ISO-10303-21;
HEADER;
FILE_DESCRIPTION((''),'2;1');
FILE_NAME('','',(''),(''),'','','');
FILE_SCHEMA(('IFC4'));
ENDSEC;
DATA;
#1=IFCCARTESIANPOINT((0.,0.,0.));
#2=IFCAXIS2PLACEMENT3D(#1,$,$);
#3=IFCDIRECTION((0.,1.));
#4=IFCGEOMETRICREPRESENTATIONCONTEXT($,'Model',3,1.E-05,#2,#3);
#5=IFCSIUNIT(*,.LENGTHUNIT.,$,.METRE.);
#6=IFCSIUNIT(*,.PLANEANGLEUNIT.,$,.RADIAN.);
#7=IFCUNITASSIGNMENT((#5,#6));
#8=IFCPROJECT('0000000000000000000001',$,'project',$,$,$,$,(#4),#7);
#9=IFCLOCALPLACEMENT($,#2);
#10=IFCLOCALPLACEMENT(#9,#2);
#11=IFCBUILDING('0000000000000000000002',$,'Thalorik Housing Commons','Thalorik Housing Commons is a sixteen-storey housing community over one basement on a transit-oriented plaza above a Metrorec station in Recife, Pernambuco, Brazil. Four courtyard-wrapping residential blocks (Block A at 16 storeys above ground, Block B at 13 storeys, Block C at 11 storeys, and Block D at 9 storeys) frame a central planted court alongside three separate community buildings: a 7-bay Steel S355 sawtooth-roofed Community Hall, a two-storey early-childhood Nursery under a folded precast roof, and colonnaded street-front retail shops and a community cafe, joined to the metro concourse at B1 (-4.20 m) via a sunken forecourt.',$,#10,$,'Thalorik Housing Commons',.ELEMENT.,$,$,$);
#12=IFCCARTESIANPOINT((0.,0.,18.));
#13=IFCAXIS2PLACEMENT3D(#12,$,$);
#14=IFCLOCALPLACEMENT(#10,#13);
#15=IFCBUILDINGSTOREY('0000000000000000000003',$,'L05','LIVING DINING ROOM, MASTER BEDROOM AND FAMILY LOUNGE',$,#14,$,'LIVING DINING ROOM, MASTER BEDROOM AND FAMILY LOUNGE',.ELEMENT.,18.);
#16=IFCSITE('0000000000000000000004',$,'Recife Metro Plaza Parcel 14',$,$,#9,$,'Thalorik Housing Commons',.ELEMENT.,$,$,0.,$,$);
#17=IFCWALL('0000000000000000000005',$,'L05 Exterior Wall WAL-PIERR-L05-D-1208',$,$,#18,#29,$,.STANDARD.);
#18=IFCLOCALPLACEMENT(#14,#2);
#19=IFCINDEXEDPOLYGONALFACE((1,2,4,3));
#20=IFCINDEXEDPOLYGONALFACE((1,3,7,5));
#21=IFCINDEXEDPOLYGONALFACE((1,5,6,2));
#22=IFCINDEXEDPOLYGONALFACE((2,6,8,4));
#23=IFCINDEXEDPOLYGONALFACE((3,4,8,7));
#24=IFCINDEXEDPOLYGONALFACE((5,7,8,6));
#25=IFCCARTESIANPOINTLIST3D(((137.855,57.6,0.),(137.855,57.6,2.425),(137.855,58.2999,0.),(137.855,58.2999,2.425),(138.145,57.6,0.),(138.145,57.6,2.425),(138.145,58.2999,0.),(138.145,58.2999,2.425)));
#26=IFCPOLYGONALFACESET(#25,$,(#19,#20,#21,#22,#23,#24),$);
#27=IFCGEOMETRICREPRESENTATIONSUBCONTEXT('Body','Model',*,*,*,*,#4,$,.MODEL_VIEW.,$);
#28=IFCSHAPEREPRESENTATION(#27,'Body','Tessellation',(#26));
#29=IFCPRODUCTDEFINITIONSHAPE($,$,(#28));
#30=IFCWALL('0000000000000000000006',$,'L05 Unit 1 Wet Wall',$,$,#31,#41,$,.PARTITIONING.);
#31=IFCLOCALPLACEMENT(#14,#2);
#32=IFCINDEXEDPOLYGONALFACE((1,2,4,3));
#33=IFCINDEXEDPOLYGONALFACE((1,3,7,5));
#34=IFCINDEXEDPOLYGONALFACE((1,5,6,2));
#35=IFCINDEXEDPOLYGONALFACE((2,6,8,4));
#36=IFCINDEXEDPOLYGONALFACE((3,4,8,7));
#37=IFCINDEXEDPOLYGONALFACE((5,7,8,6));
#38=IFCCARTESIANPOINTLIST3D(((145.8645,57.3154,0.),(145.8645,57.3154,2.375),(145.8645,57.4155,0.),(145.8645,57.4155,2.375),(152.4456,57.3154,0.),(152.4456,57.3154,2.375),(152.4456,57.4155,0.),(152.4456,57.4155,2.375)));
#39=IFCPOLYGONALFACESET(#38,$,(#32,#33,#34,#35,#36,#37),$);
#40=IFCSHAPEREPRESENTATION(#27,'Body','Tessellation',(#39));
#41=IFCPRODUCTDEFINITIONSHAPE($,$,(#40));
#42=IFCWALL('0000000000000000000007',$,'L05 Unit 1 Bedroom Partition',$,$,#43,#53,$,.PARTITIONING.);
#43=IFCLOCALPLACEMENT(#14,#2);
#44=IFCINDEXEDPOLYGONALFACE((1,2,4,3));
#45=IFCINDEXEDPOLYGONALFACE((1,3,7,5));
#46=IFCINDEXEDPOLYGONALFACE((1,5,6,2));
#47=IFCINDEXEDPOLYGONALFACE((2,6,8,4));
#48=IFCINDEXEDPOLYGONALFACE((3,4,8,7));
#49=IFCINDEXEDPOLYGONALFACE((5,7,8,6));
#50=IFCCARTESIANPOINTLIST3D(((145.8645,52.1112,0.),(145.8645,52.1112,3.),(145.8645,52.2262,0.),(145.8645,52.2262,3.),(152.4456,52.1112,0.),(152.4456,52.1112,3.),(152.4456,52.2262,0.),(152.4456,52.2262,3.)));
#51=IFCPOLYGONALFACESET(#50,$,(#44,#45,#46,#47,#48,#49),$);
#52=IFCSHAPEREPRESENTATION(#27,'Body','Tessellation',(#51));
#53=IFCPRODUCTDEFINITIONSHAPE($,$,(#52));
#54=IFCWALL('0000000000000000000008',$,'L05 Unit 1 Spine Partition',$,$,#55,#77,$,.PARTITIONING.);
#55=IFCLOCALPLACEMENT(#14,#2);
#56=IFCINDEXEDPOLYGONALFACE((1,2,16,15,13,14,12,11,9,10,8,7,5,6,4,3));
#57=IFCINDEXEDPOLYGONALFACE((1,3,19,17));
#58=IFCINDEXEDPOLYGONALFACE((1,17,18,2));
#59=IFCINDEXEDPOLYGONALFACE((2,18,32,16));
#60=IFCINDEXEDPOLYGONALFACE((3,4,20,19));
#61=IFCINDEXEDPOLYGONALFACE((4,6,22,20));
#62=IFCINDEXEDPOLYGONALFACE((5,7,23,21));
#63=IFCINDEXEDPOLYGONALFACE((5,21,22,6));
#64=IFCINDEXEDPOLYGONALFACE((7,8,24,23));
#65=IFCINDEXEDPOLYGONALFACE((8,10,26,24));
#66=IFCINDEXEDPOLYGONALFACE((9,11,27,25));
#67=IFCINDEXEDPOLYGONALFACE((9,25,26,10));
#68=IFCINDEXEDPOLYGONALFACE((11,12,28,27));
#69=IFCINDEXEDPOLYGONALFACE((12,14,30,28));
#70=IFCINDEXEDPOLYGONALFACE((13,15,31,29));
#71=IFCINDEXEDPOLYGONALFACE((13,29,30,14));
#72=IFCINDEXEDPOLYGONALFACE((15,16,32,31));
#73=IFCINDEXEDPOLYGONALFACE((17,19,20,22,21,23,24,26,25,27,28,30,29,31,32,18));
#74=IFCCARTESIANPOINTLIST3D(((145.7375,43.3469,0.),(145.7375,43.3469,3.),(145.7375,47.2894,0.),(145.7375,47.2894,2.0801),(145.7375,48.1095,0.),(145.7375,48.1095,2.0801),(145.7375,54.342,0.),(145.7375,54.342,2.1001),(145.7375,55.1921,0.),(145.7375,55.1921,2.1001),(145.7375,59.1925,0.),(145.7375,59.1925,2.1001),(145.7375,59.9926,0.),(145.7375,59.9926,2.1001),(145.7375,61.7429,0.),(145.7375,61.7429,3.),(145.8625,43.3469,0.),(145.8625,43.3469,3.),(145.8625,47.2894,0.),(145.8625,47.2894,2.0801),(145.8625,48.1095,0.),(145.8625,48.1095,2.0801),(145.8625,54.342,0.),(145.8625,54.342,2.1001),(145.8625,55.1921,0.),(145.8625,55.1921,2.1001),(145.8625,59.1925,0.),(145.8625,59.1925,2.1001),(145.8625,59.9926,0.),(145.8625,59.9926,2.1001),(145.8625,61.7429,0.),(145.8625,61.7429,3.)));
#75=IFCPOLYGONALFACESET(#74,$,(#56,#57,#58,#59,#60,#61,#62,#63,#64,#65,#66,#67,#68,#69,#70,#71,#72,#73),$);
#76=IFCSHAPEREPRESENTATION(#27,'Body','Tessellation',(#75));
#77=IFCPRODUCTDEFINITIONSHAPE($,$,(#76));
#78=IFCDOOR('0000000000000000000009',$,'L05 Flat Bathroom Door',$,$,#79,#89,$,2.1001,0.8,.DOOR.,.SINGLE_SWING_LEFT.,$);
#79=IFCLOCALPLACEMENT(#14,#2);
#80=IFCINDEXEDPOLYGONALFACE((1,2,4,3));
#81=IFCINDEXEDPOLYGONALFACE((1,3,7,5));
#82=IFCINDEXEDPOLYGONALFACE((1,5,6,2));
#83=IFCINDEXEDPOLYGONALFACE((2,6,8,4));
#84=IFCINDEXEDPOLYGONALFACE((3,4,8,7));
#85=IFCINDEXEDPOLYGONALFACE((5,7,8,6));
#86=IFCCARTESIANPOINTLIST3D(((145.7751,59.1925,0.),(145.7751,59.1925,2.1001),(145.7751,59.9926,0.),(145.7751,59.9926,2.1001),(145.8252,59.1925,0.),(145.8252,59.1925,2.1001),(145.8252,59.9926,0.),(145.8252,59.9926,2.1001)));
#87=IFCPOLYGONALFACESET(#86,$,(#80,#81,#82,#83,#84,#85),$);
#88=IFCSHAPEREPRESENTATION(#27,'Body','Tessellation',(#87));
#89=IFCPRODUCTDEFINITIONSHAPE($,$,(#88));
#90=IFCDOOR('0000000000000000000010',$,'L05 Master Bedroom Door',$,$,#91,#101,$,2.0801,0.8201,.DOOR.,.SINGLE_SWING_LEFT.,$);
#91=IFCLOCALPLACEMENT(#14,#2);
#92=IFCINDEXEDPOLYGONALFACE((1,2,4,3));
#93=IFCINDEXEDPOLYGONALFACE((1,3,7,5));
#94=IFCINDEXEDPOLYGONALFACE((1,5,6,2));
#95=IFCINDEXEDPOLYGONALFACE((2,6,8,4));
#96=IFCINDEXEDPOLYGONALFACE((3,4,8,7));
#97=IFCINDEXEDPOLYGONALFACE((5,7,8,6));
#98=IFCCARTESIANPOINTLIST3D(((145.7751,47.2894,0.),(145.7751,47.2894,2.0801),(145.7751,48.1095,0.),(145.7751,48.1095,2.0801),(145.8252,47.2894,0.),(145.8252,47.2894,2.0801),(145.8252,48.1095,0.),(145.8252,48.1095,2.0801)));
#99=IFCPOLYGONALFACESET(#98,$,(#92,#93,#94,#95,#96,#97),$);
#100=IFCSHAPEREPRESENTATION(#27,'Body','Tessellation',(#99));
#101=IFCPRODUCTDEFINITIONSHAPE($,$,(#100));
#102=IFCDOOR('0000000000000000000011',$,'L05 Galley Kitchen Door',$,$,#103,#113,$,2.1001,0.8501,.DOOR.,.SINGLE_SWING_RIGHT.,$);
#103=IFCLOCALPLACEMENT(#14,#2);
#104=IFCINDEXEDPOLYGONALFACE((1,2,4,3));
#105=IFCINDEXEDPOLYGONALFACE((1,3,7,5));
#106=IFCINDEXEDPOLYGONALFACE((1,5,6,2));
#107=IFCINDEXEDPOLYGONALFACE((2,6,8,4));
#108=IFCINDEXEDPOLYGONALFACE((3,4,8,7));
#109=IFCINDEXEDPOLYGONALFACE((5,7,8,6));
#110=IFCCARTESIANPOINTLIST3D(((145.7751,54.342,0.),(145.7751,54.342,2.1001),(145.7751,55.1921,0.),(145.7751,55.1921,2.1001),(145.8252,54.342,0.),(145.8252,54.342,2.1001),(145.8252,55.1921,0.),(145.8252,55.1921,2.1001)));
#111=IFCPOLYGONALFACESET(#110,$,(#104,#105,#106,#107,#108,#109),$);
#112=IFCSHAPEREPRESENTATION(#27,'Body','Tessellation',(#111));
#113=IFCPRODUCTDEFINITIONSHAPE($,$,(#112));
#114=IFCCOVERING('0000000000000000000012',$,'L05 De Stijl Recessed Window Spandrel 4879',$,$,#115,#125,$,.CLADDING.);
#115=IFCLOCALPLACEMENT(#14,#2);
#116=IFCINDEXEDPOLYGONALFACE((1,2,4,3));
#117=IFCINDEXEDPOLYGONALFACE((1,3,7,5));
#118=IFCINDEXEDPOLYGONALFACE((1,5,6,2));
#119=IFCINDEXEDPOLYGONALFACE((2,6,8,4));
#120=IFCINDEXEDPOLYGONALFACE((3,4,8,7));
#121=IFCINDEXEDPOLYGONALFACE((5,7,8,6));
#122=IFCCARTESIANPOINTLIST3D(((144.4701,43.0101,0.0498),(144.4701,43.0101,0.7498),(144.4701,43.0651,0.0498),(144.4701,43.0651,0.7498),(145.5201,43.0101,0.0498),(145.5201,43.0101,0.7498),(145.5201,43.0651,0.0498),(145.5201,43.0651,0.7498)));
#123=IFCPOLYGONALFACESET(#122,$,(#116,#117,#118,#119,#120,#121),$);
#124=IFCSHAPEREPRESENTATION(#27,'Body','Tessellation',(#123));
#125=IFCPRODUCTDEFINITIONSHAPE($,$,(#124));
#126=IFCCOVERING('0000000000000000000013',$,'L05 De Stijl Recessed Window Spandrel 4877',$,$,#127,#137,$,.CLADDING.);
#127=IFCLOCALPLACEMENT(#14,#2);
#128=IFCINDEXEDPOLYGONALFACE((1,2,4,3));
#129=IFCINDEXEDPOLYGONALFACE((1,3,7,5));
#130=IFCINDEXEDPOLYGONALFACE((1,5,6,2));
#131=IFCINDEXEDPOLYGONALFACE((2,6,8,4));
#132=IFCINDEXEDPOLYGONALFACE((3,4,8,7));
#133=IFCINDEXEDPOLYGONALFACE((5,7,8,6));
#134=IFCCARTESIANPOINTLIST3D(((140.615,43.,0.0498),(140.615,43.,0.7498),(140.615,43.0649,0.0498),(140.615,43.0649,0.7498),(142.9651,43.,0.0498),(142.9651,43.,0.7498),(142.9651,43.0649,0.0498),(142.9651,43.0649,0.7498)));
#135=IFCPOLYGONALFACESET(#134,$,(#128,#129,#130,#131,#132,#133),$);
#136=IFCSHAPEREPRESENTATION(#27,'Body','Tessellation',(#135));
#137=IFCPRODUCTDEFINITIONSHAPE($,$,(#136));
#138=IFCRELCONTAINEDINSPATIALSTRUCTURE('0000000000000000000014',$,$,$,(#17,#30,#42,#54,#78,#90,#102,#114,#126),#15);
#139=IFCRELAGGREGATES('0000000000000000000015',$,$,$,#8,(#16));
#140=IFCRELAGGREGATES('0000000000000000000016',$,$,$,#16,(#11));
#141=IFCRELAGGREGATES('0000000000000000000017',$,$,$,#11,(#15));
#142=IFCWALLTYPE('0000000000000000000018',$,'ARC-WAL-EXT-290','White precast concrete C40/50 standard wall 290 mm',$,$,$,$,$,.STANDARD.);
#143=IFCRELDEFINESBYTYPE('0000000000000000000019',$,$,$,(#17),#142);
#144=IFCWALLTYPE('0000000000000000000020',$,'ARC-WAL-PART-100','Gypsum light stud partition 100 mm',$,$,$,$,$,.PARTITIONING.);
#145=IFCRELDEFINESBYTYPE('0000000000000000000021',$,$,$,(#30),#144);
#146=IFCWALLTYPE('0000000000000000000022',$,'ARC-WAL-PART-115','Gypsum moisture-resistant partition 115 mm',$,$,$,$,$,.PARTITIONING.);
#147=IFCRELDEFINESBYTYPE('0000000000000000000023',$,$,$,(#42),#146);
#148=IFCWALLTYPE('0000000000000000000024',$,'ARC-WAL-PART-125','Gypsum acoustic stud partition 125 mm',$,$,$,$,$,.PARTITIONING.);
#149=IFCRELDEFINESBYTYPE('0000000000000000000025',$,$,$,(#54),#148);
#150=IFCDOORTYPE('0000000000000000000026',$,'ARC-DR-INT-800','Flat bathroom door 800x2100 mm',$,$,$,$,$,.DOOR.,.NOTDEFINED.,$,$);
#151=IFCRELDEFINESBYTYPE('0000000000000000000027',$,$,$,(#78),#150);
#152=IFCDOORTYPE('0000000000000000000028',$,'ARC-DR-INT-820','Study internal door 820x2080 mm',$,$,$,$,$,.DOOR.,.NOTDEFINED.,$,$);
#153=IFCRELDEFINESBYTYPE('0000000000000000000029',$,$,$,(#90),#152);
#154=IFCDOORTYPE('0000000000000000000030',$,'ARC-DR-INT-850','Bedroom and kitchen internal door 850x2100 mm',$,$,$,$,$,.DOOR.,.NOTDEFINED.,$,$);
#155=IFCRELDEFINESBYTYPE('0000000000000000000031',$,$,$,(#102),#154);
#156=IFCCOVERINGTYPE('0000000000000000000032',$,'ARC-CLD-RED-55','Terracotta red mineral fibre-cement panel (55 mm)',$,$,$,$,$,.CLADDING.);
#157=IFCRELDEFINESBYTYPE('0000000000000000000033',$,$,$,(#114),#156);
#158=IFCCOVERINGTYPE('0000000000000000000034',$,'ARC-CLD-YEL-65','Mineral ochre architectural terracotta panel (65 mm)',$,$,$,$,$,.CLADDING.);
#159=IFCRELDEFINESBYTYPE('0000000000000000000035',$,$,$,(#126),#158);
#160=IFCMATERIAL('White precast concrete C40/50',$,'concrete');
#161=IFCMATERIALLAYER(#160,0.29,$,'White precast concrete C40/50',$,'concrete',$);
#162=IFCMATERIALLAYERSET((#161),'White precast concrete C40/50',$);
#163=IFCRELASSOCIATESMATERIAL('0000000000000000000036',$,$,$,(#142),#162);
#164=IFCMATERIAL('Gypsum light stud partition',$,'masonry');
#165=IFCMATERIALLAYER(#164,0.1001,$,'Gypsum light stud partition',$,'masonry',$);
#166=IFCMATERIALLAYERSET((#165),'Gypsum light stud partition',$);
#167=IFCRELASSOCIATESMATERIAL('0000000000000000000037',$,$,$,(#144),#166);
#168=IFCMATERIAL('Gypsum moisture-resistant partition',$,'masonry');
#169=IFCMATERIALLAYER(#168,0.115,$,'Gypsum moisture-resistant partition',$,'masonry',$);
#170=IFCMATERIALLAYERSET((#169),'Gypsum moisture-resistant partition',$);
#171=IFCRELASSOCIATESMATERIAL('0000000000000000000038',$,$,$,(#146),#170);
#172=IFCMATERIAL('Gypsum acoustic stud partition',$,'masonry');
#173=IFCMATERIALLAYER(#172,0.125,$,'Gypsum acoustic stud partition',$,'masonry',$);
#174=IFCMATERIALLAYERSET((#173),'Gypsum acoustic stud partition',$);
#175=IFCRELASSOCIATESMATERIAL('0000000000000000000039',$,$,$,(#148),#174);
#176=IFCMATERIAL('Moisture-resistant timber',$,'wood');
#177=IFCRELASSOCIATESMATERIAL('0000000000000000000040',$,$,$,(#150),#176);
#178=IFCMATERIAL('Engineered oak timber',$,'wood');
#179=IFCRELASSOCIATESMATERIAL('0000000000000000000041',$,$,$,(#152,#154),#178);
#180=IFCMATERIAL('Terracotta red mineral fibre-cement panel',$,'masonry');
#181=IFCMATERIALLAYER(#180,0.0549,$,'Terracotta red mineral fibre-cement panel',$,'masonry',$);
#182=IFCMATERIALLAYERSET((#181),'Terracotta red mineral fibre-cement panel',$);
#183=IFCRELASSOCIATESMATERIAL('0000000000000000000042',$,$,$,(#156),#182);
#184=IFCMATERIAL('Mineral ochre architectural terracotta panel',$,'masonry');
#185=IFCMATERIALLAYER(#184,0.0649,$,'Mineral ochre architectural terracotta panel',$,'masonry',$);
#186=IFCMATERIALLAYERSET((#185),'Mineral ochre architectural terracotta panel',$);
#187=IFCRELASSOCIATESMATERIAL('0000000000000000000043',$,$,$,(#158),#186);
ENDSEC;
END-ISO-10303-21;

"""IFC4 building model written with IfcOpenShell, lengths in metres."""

from ifc_helpers import new_model, si_unit, direction, frame, frame_2d, origin, origin_2d, place, context, subcontext, project, spatial, rectangle, extrude, material, layer, layer_set, type_object, element, fill, save


model = new_model("IFC4")

# Units and contexts
model_context = context("Model", 3, precision=1e-05, world=origin(), true_north=direction((0.0, 1.0)))
body_context = subcontext(model_context, "Body", "Model", "MODEL_VIEW")
ifc_project = project(units=[si_unit("LENGTHUNIT", "METRE"), si_unit("PLANEANGLEUNIT", "RADIAN")], contexts=[model_context])

# Site, building, storey
site_placement = place(None, origin())
site = spatial("IfcSite", under=ifc_project, at=site_placement, Name="Recife Metro Plaza Parcel 14", LongName="Thalorik Housing Commons", CompositionType="ELEMENT", RefElevation=0.0)
building_placement = place(site_placement, origin())
building = spatial("IfcBuilding", under=site, at=building_placement, Name="Thalorik Housing Commons", Description="Thalorik Housing Commons is a sixteen-storey housing community over one basement on a transit-oriented plaza above a Metrorec station in Recife, Pernambuco, Brazil. Four courtyard-wrapping residential blocks (Block A at 16 storeys above ground, Block B at 13 storeys, Block C at 11 storeys, and Block D at 9 storeys) frame a central planted court alongside three separate community buildings: a 7-bay Steel S355 sawtooth-roofed Community Hall, a two-storey early-childhood Nursery under a folded precast roof, and colonnaded street-front retail shops and a community cafe, joined to the metro concourse at B1 (-4.20 m) via a sunken forecourt.", LongName="Thalorik Housing Commons", CompositionType="ELEMENT")
storey_placement = place(building_placement, frame((0.0, 0.0, 18.0)))
storey = spatial("IfcBuildingStorey", under=building, at=storey_placement, Name="L05", Description="LIVING DINING ROOM, MASTER BEDROOM AND FAMILY LOUNGE", LongName="LIVING DINING ROOM, MASTER BEDROOM AND FAMILY LOUNGE", CompositionType="ELEMENT", Elevation=18.0)

# Wall
ifc_material_1 = material(Name="White precast concrete C40/50", Category="concrete")
ifc_layer_1 = layer(ifc_material_1, 0.29, Name="White precast concrete C40/50", Category="concrete")
ifc_layer_set_1 = layer_set([ifc_layer_1], Name="White precast concrete C40/50")
wall_type_1 = type_object("IfcWallType", Name="ARC-WAL-EXT-290", Description="White precast concrete C40/50 standard wall 290 mm", PredefinedType="STANDARD", material=ifc_layer_set_1)
wall_1_placement = place(storey_placement, frame((138.0, 58.3, 0.0), z_axis=(0.0, 0.0, 1.0), x_axis=(0.0, -1.0, 0.0)))
element("IfcWall", 1, at=wall_1_placement, inside=storey, type_object=wall_type_1, Name="L05 Exterior Wall WAL-PIERR-L05-D-1208", PredefinedType="STANDARD", context=body_context, shape_type="SweptSolid", body=[
    extrude(rectangle(XDim=0.7, YDim=0.29, at=frame_2d((0.3501, 0.0))), origin(), (0.0, 0.0, 1.0), 2.425),
])

# Walls
ifc_material_2 = material(Name="Gypsum light stud partition", Category="masonry")
ifc_layer_2 = layer(ifc_material_2, 0.1001, Name="Gypsum light stud partition", Category="masonry")
ifc_layer_set_2 = layer_set([ifc_layer_2], Name="Gypsum light stud partition")
wall_type_2 = type_object("IfcWallType", Name="ARC-WAL-PART-100", Description="Gypsum light stud partition 100 mm", PredefinedType="PARTITIONING", material=ifc_layer_set_2)
wall_2_placement = place(storey_placement, frame((145.8645, 57.3655, 0.0), z_axis=(0.0, 0.0, 1.0), x_axis=(1.0, 0.0, 0.0)))
element("IfcWall", 2, at=wall_2_placement, inside=storey, type_object=wall_type_2, Name="L05 Unit 1 Wet Wall", PredefinedType="PARTITIONING", context=body_context, shape_type="SweptSolid", body=[
    extrude(rectangle(XDim=6.5811, YDim=0.1001, at=frame_2d((3.2905, 0.0))), origin(), (0.0, 0.0, 1.0), 2.375),
])
ifc_material_3 = material(Name="Gypsum moisture-resistant partition", Category="masonry")
ifc_layer_3 = layer(ifc_material_3, 0.115, Name="Gypsum moisture-resistant partition", Category="masonry")
ifc_layer_set_3 = layer_set([ifc_layer_3], Name="Gypsum moisture-resistant partition")
wall_type_3 = type_object("IfcWallType", Name="ARC-WAL-PART-115", Description="Gypsum moisture-resistant partition 115 mm", PredefinedType="PARTITIONING", material=ifc_layer_set_3)
wall_3_placement = place(storey_placement, frame((145.8645, 52.1687, 0.0), z_axis=(0.0, 0.0, 1.0), x_axis=(1.0, 0.0, 0.0)))
element("IfcWall", 3, at=wall_3_placement, inside=storey, type_object=wall_type_3, Name="L05 Unit 1 Bedroom Partition", PredefinedType="PARTITIONING", context=body_context, shape_type="SweptSolid", body=[
    extrude(rectangle(XDim=6.5811, YDim=0.115, at=frame_2d((3.2905, 0.0))), origin(), (0.0, 0.0, 1.0), 3.0),
])

# Wall, openings, doors
ifc_material_4 = material(Name="Gypsum acoustic stud partition", Category="masonry")
ifc_layer_4 = layer(ifc_material_4, 0.125, Name="Gypsum acoustic stud partition", Category="masonry")
ifc_layer_set_4 = layer_set([ifc_layer_4], Name="Gypsum acoustic stud partition")
wall_type_4 = type_object("IfcWallType", Name="ARC-WAL-PART-125", Description="Gypsum acoustic stud partition 125 mm", PredefinedType="PARTITIONING", material=ifc_layer_set_4)
wall_4_placement = place(storey_placement, frame((145.8, 43.3469, 0.0), z_axis=(0.0, 0.0, 1.0), x_axis=(0.0, 1.0, 0.0)))
wall_4 = element("IfcWall", 4, at=wall_4_placement, inside=storey, type_object=wall_type_4, Name="L05 Unit 1 Spine Partition", PredefinedType="PARTITIONING", context=body_context, shape_type="SweptSolid", body=[
    extrude(rectangle(XDim=18.396, YDim=0.125, at=frame_2d((9.198, 0.0))), origin(), (0.0, 0.0, 1.0), 3.0),
])
opening_1_placement = place(wall_4_placement, frame((3.9424, 0.0, 0.0)))
opening_1 = element("IfcOpeningElement", 5, at=opening_1_placement, cuts=wall_4, PredefinedType="OPENING", context=body_context, shape_type="SweptSolid", body=[
    extrude(rectangle(XDim=0.8201, YDim=2.0801, at=frame_2d((0.4102, 1.04))), frame((0.0, 0.0725, 0.0), z_axis=(0.0, -1.0, 0.0), x_axis=(1.0, 0.0, 0.0)), (0.0, 0.0, 1.0), 0.145),
])
opening_2_placement = place(wall_4_placement, frame((10.9951, 0.0, 0.0)))
opening_2 = element("IfcOpeningElement", 6, at=opening_2_placement, cuts=wall_4, PredefinedType="OPENING", context=body_context, shape_type="SweptSolid", body=[
    extrude(rectangle(XDim=0.8501, YDim=2.1001, at=frame_2d((0.425, 1.05))), frame((0.0, 0.0725, 0.0), z_axis=(0.0, -1.0, 0.0), x_axis=(1.0, 0.0, 0.0)), (0.0, 0.0, 1.0), 0.145),
])
opening_3_placement = place(wall_4_placement, frame((15.8457, 0.0, 0.0)))
opening_3 = element("IfcOpeningElement", 7, at=opening_3_placement, cuts=wall_4, PredefinedType="OPENING", context=body_context, shape_type="SweptSolid", body=[
    extrude(rectangle(XDim=0.8, YDim=2.1001, at=frame_2d((0.3999, 1.05))), frame((0.0, 0.0725, 0.0), z_axis=(0.0, -1.0, 0.0), x_axis=(1.0, 0.0, 0.0)), (0.0, 0.0, 1.0), 0.145),
])
ifc_material_5 = material(Name="Moisture-resistant timber", Category="wood")
door_type_1 = type_object("IfcDoorType", Name="ARC-DR-INT-800", Description="Flat bathroom door 800x2100 mm", OperationType="NOTDEFINED", PredefinedType="DOOR", material=ifc_material_5)
door_1_placement = place(opening_3_placement, origin())
door_1 = element("IfcDoor", 8, at=door_1_placement, inside=storey, type_object=door_type_1, Name="L05 Flat Bathroom Door", OperationType="SINGLE_SWING_LEFT", OverallHeight=2.1001, OverallWidth=0.8, PredefinedType="DOOR", context=body_context, shape_type="SweptSolid", body=[
    extrude(rectangle(XDim=0.8, YDim=2.1001, at=frame_2d((0.3999, 1.05))), frame((0.0, 0.0249, 0.0), z_axis=(0.0, -1.0, 0.0), x_axis=(1.0, 0.0, 0.0)), (0.0, 0.0, 1.0), 0.05),
])
fill(opening_3, door_1)
ifc_material_6 = material(Name="Engineered oak timber", Category="wood")
door_type_2 = type_object("IfcDoorType", Name="ARC-DR-INT-820", Description="Study internal door 820x2080 mm", OperationType="NOTDEFINED", PredefinedType="DOOR", material=ifc_material_6)
door_2_placement = place(opening_1_placement, origin())
door_2 = element("IfcDoor", 9, at=door_2_placement, inside=storey, type_object=door_type_2, Name="L05 Master Bedroom Door", OperationType="SINGLE_SWING_LEFT", OverallHeight=2.0801, OverallWidth=0.8201, PredefinedType="DOOR", context=body_context, shape_type="SweptSolid", body=[
    extrude(rectangle(XDim=0.8201, YDim=2.0801, at=frame_2d((0.4102, 1.04))), frame((0.0, 0.0249, 0.0), z_axis=(0.0, -1.0, 0.0), x_axis=(1.0, 0.0, 0.0)), (0.0, 0.0, 1.0), 0.05),
])
fill(opening_1, door_2)
door_type_3 = type_object("IfcDoorType", Name="ARC-DR-INT-850", Description="Bedroom and kitchen internal door 850x2100 mm", OperationType="NOTDEFINED", PredefinedType="DOOR", material=ifc_material_6)
door_3_placement = place(opening_2_placement, origin())
door_3 = element("IfcDoor", 10, at=door_3_placement, inside=storey, type_object=door_type_3, Name="L05 Galley Kitchen Door", OperationType="SINGLE_SWING_RIGHT", OverallHeight=2.1001, OverallWidth=0.8501, PredefinedType="DOOR", context=body_context, shape_type="SweptSolid", body=[
    extrude(rectangle(XDim=0.8501, YDim=2.1001, at=frame_2d((0.425, 1.05))), frame((0.0, 0.0249, 0.0), z_axis=(0.0, -1.0, 0.0), x_axis=(1.0, 0.0, 0.0)), (0.0, 0.0, 1.0), 0.05),
])
fill(opening_2, door_3)

# Coverings
ifc_material_7 = material(Name="Terracotta red mineral fibre-cement panel", Category="masonry")
ifc_layer_5 = layer(ifc_material_7, 0.0549, Name="Terracotta red mineral fibre-cement panel", Category="masonry")
ifc_layer_set_5 = layer_set([ifc_layer_5], Name="Terracotta red mineral fibre-cement panel")
covering_type_1 = type_object("IfcCoveringType", Name="ARC-CLD-RED-55", Description="Terracotta red mineral fibre-cement panel (55 mm)", PredefinedType="CLADDING", material=ifc_layer_set_5)
covering_1_placement = place(storey_placement, frame((144.9951, 43.0376, 0.0498), z_axis=(0.0, 0.0, 1.0), x_axis=(1.0, 0.0, 0.0)))
element("IfcCovering", 11, at=covering_1_placement, inside=storey, type_object=covering_type_1, Name="L05 De Stijl Recessed Window Spandrel 4879", PredefinedType="CLADDING", context=body_context, shape_type="SweptSolid", body=[
    extrude(rectangle(XDim=1.05, YDim=0.0549, at=origin_2d()), origin(), (0.0, 0.0, 1.0), 0.7),
])
ifc_material_8 = material(Name="Mineral ochre architectural terracotta panel", Category="masonry")
ifc_layer_6 = layer(ifc_material_8, 0.0649, Name="Mineral ochre architectural terracotta panel", Category="masonry")
ifc_layer_set_6 = layer_set([ifc_layer_6], Name="Mineral ochre architectural terracotta panel")
covering_type_2 = type_object("IfcCoveringType", Name="ARC-CLD-YEL-65", Description="Mineral ochre architectural terracotta panel (65 mm)", PredefinedType="CLADDING", material=ifc_layer_set_6)
covering_2_placement = place(storey_placement, frame((141.79, 43.0325, 0.0498), z_axis=(0.0, 0.0, 1.0), x_axis=(1.0, 0.0, 0.0)))
element("IfcCovering", 12, at=covering_2_placement, inside=storey, type_object=covering_type_2, Name="L05 De Stijl Recessed Window Spandrel 4877", PredefinedType="CLADDING", context=body_context, shape_type="SweptSolid", body=[
    extrude(rectangle(XDim=2.3501, YDim=0.0649, at=origin_2d()), origin(), (0.0, 0.0, 1.0), 0.7),
])

save(model, "model.ifc")
